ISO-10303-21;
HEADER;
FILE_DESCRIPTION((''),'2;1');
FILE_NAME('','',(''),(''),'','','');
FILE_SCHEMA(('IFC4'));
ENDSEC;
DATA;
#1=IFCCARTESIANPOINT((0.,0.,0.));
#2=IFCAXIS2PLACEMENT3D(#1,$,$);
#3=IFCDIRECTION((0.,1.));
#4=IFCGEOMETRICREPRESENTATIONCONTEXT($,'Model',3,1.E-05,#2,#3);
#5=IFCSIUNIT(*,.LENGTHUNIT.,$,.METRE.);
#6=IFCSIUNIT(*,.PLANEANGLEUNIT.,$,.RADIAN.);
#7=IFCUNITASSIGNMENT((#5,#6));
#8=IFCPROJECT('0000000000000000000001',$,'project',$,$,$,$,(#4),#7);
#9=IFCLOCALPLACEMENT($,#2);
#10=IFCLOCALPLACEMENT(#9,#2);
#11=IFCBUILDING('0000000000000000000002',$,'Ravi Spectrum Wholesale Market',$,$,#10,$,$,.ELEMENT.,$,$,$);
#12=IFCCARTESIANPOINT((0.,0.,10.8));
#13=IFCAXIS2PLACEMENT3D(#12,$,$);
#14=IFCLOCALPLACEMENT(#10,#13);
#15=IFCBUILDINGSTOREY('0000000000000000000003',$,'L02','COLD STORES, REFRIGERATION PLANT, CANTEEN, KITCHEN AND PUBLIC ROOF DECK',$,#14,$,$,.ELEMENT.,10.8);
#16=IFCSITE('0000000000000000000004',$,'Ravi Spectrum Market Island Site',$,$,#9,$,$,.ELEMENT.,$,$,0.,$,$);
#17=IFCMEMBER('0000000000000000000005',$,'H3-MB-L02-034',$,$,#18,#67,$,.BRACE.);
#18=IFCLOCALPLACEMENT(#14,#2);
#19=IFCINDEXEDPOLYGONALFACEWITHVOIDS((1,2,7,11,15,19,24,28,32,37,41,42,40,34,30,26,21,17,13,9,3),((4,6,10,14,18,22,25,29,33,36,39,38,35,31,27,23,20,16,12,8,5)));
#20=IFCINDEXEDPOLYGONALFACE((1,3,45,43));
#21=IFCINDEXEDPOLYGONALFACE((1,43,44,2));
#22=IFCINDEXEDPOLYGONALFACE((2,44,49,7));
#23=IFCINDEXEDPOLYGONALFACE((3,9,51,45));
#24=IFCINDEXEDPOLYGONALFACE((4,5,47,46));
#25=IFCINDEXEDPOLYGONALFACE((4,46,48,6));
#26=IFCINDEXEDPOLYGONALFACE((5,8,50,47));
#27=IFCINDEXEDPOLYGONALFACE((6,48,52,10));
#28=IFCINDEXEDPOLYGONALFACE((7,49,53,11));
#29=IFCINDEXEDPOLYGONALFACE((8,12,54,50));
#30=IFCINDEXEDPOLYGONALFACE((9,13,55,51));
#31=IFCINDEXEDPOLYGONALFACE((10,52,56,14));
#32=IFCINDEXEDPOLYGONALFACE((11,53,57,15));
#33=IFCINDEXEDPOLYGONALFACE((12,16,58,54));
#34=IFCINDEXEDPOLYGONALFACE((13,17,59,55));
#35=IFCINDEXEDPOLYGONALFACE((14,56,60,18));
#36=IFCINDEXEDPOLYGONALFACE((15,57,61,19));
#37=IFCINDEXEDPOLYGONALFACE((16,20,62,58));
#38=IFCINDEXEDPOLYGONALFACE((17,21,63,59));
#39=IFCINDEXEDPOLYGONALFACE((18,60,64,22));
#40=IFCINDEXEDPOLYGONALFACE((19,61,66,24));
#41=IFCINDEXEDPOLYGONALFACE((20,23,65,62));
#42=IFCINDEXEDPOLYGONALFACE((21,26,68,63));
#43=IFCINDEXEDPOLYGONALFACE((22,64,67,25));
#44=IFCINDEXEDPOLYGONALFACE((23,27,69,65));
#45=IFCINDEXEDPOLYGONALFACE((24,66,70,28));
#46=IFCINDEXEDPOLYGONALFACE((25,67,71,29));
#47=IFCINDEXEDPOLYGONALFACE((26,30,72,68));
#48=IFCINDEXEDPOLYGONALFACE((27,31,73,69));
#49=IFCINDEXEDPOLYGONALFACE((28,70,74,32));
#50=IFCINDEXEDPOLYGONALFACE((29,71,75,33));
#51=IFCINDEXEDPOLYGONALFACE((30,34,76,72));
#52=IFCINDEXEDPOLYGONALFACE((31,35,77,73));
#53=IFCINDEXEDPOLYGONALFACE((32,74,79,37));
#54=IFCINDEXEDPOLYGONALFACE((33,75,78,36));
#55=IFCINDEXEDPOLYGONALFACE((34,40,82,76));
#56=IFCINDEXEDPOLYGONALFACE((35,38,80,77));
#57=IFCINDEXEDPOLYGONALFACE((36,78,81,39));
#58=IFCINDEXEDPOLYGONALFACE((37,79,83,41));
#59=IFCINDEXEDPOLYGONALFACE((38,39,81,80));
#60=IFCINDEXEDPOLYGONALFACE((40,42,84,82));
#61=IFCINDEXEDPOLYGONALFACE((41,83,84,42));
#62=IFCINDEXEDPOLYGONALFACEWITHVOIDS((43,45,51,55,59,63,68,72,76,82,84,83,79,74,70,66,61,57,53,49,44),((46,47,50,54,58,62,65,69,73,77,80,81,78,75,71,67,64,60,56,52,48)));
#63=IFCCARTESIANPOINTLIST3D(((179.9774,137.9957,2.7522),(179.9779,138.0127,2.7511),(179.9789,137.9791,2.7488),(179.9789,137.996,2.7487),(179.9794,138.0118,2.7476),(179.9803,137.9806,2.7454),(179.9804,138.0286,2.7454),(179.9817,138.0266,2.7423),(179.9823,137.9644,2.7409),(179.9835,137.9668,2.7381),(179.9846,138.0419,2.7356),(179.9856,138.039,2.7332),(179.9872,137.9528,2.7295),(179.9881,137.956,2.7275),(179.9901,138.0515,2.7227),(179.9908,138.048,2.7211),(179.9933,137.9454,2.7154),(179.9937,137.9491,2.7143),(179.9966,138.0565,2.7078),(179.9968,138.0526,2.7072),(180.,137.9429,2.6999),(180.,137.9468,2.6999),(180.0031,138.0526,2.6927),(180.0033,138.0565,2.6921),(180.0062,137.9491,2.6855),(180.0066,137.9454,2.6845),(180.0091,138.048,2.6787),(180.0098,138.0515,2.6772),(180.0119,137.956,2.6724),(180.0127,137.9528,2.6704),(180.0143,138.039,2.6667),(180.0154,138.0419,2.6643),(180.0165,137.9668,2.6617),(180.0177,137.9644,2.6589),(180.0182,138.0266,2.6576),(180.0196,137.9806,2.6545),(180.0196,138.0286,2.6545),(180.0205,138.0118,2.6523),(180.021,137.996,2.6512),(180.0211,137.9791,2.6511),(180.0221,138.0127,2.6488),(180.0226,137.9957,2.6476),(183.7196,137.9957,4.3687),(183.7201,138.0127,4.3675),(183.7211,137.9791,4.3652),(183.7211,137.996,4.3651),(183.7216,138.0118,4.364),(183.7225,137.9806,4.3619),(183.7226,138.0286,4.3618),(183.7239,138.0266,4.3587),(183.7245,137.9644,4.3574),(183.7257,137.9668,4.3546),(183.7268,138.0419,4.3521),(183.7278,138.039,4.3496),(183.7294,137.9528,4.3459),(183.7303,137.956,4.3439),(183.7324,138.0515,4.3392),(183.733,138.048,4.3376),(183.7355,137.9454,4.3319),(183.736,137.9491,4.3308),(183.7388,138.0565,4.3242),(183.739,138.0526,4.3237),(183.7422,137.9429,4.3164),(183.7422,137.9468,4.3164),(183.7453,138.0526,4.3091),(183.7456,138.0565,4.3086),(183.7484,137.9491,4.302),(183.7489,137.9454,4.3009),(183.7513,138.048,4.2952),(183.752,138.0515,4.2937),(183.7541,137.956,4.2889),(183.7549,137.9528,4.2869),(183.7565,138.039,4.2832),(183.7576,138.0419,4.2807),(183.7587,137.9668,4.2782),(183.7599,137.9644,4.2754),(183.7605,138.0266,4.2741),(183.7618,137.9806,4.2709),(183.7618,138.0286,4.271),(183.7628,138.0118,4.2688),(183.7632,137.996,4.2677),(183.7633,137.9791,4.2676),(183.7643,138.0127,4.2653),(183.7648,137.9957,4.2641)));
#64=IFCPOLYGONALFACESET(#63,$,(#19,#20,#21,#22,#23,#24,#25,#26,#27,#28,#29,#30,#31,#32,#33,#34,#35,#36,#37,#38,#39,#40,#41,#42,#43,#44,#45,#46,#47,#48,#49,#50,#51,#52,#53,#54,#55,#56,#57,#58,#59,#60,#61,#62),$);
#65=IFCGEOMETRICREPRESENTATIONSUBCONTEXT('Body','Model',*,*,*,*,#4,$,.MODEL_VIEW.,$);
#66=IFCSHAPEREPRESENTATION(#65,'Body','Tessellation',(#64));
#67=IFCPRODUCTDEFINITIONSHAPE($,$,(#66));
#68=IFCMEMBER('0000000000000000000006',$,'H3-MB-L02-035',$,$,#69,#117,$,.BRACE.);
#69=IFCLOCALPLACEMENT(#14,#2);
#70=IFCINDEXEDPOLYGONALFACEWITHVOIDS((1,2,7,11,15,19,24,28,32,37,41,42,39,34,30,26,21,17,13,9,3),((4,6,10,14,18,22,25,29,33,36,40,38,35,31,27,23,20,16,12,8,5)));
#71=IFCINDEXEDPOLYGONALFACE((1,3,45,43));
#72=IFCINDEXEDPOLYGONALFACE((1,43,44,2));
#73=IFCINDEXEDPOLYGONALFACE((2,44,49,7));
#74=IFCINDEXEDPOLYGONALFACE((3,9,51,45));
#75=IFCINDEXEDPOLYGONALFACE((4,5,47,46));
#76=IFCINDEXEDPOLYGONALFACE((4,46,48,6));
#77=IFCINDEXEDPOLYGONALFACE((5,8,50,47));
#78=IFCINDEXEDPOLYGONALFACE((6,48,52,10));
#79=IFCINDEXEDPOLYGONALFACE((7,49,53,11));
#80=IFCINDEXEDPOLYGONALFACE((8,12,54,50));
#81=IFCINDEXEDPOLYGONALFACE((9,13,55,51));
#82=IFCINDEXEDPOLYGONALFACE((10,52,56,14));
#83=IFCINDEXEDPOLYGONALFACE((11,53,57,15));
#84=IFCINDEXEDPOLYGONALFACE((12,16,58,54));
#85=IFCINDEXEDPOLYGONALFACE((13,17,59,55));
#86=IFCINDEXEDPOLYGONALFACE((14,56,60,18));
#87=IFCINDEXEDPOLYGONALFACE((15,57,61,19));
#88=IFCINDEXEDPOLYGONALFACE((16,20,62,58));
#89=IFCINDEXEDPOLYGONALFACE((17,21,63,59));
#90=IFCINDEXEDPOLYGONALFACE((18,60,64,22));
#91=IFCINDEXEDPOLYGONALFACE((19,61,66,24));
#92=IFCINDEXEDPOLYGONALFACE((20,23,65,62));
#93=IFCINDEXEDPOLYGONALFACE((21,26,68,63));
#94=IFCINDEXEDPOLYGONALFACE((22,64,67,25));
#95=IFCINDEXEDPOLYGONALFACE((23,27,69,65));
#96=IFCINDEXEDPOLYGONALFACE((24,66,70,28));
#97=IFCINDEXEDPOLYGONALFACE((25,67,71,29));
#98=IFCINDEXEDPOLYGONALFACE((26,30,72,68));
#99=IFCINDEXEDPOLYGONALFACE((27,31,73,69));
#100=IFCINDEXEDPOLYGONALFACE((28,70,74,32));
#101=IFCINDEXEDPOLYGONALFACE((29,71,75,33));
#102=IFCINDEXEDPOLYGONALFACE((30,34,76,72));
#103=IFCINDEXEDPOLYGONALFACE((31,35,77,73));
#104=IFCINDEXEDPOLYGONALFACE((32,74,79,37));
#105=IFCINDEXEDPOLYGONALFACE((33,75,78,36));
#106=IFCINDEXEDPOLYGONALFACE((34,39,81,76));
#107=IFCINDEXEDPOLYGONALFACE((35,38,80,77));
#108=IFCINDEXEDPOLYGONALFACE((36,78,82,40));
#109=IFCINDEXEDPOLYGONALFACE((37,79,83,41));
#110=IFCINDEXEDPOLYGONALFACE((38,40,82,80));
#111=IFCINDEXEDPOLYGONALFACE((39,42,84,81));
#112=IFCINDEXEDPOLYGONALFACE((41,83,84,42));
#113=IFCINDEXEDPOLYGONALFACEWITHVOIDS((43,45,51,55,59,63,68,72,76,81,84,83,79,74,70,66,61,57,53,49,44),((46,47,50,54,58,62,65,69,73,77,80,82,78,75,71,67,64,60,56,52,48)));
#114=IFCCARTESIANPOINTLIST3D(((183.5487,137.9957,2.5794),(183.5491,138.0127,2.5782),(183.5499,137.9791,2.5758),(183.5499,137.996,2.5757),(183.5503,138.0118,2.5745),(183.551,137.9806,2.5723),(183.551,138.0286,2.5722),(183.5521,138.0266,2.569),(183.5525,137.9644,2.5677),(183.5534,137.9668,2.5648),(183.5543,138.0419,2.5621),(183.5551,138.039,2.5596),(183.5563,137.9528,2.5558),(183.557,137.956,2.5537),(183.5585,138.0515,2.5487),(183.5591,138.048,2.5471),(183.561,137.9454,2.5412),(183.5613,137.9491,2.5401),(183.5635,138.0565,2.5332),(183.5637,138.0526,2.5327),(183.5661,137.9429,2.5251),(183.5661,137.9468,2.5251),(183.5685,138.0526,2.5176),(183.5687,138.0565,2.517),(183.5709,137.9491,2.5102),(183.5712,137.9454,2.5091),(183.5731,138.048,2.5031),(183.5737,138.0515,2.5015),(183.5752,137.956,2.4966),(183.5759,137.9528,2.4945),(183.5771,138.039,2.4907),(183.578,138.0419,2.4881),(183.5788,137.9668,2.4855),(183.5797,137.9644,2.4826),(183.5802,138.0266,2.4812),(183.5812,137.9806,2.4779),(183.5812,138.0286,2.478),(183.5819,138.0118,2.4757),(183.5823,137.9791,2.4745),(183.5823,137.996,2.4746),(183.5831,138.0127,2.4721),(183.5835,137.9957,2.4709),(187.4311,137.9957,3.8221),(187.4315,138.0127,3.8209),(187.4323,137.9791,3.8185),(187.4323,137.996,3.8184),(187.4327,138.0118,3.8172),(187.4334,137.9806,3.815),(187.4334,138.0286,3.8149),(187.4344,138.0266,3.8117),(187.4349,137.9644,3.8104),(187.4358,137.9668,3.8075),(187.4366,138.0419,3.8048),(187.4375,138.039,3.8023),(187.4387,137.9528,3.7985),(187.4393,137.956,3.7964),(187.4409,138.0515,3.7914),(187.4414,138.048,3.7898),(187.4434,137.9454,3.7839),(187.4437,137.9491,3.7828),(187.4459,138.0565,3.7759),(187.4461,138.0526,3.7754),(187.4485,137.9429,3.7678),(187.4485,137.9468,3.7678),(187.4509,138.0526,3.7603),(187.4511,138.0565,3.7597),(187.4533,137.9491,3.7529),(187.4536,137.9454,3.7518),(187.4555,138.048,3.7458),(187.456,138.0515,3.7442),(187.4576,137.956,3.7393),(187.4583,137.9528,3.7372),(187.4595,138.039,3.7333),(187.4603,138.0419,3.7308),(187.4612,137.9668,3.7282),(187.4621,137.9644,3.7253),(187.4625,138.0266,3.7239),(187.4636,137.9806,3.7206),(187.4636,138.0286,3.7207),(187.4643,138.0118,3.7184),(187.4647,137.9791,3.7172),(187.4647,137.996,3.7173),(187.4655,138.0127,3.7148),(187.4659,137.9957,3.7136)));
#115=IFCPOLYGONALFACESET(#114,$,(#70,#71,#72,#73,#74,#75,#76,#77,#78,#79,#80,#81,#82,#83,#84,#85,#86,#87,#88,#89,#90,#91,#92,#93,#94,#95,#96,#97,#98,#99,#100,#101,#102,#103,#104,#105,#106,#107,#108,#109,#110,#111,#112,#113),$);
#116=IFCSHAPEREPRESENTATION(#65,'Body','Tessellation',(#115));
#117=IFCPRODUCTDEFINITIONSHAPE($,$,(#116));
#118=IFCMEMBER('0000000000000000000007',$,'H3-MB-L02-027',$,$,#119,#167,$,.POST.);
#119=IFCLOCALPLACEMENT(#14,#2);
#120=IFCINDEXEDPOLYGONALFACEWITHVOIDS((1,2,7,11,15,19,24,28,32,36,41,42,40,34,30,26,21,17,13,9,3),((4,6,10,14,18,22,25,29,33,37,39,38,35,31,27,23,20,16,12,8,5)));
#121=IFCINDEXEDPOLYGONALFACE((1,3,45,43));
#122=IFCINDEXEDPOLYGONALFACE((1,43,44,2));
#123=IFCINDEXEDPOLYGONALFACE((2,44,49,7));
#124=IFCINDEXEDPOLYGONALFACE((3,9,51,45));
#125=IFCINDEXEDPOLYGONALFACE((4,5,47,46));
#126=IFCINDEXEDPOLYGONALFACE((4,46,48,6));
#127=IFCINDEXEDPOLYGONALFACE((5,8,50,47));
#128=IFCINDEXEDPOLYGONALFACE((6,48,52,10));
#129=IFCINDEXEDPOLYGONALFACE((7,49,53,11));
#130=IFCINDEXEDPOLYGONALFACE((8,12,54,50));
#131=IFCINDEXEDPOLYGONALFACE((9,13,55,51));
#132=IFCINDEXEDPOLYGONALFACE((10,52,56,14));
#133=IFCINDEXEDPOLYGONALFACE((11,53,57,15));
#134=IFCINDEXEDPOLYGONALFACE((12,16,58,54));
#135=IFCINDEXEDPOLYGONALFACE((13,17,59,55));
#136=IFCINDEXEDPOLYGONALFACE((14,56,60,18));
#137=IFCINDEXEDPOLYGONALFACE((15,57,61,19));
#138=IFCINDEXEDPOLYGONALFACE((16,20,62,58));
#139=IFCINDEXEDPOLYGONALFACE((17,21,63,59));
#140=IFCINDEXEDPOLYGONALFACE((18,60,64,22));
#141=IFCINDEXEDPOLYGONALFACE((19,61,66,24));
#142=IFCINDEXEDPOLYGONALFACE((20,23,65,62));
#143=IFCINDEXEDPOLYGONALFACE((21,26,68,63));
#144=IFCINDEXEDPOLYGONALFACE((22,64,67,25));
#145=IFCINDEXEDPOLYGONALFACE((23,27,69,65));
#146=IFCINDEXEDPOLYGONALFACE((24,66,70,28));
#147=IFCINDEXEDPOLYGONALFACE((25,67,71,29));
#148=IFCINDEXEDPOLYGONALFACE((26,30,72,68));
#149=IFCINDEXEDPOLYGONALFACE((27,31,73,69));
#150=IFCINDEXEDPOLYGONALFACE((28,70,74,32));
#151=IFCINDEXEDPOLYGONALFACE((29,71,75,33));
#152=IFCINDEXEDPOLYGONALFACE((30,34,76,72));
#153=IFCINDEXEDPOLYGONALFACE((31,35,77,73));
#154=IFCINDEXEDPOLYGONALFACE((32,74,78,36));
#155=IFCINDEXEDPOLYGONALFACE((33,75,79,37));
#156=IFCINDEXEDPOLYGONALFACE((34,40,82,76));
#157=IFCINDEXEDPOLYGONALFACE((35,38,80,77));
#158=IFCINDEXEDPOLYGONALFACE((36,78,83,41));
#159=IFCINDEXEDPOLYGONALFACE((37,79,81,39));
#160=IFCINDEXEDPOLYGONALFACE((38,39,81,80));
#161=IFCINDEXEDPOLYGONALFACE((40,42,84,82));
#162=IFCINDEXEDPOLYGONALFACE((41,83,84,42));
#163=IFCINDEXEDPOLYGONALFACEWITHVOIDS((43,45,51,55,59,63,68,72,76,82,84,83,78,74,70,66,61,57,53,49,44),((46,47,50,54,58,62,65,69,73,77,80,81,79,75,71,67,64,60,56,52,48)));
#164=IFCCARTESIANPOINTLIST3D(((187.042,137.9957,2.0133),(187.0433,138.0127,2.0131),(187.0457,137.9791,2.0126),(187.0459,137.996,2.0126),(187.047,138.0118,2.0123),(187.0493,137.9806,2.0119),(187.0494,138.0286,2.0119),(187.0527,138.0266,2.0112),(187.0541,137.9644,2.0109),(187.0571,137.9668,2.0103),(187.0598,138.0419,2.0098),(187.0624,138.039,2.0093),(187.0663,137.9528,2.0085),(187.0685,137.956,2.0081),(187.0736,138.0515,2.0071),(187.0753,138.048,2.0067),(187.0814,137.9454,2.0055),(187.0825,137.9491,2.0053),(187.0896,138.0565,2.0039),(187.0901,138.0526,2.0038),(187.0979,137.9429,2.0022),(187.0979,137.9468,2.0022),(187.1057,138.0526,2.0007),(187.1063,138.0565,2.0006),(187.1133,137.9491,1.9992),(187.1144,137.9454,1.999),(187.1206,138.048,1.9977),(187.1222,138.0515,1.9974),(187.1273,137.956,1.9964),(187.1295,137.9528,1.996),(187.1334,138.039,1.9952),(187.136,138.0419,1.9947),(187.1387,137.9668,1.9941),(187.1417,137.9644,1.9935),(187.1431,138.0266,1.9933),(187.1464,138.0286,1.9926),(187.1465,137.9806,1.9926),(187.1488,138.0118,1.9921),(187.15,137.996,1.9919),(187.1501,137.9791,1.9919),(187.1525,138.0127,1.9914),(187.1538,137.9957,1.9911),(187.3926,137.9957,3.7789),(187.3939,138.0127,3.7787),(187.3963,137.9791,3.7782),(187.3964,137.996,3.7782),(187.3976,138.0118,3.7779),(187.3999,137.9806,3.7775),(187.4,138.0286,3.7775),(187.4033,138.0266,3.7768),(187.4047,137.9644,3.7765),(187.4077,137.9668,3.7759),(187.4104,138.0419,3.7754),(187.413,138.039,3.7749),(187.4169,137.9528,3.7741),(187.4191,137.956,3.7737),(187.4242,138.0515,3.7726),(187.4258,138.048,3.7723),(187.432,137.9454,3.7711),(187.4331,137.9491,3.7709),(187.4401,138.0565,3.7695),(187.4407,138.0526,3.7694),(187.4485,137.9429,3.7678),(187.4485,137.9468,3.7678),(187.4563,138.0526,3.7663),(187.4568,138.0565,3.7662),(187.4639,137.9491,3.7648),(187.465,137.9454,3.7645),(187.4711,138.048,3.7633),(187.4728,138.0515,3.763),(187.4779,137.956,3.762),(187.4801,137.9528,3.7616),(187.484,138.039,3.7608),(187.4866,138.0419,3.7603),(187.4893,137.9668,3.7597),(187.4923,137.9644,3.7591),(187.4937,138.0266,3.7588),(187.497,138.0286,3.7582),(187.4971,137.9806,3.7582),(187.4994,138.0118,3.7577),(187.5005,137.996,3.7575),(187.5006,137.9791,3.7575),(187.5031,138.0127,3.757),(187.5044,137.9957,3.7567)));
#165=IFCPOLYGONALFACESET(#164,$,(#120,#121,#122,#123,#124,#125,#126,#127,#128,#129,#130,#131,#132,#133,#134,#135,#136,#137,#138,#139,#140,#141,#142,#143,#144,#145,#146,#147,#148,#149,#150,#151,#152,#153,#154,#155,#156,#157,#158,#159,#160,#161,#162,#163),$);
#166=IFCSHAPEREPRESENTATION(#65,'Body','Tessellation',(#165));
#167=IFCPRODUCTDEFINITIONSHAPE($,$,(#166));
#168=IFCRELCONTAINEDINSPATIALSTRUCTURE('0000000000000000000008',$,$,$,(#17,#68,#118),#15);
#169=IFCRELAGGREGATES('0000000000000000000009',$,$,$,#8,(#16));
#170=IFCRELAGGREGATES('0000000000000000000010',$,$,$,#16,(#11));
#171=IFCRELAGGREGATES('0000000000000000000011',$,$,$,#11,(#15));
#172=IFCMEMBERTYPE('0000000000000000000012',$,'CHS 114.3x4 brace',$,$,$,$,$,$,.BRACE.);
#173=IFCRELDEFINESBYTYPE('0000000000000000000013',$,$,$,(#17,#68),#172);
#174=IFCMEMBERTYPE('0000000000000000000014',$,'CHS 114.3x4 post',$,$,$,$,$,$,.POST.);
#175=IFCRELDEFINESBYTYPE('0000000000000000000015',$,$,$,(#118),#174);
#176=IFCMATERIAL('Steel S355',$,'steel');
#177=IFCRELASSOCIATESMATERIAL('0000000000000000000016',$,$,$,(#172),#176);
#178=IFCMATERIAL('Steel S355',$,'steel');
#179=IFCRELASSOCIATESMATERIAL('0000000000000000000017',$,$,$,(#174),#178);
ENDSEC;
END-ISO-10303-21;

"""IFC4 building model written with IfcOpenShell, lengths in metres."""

from ifc_helpers import new_model, si_unit, direction, frame, origin, origin_2d, place, context, subcontext, project, spatial, hollow_circle, extrude, material, material_profile, profile_set, type_object, element, save


model = new_model("IFC4")

# Units and contexts
model_context = context("Model", 3, precision=1e-05, world=origin(), true_north=direction((0.0, 1.0)))
body_context = subcontext(model_context, "Body", "Model", "MODEL_VIEW")
ifc_project = project(units=[si_unit("LENGTHUNIT", "METRE"), si_unit("PLANEANGLEUNIT", "RADIAN")], contexts=[model_context])

# Site, building, storey
site_placement = place(None, origin())
site = spatial("IfcSite", under=ifc_project, at=site_placement, Name="Ravi Spectrum Market Island Site", CompositionType="ELEMENT", RefElevation=0.0)
building_placement = place(site_placement, origin())
building = spatial("IfcBuilding", under=site, at=building_placement, Name="Ravi Spectrum Wholesale Market", CompositionType="ELEMENT")
storey_placement = place(building_placement, frame((0.0, 0.0, 10.8)))
storey = spatial("IfcBuildingStorey", under=building, at=storey_placement, Name="L02", Description="COLD STORES, REFRIGERATION PLANT, CANTEEN, KITCHEN AND PUBLIC ROOF DECK", CompositionType="ELEMENT", Elevation=10.8)

# Members
ifc_material_1 = material(Name="Steel S355", Category="steel")
ifc_material_profile_1 = material_profile(ifc_material_1, hollow_circle(Radius=0.0571, WallThickness=0.0039, at=origin_2d()))
ifc_profile_set_1 = profile_set([ifc_material_profile_1], Name="Steel S355")
member_type_1 = type_object("IfcMemberType", Name="CHS 114.3x4 brace", PredefinedType="BRACE", material=ifc_profile_set_1)
for number, where, z_axis, x_axis, name in (
    (1, (183.7422, 138.0, 4.3164), (-0.918017, 0.0, -0.396542), (0.0, -1.0, 0.0), "H3-MB-L02-034"),
    (2, (187.4485, 138.0, 3.7678), (-0.952401, 0.0, -0.30485), (0.0, -1.0, 0.0), "H3-MB-L02-035"),
):
    element("IfcMember", number, at=place(storey_placement, frame(where, z_axis=z_axis, x_axis=x_axis)), inside=storey, type_object=member_type_1, Name=name, PredefinedType="BRACE", context=body_context, shape_type="SweptSolid", body=[
        extrude(hollow_circle(Radius=0.0571, WallThickness=0.0039, at=origin_2d()), origin(), (0.0, 0.0, 1.0), 4.0764),
    ])
ifc_material_2 = material(Name="Steel S355", Category="steel")
ifc_material_profile_2 = material_profile(ifc_material_2, hollow_circle(Radius=0.0571, WallThickness=0.0039, at=origin_2d()))
ifc_profile_set_2 = profile_set([ifc_material_profile_2], Name="Steel S355")
member_type_2 = type_object("IfcMemberType", Name="CHS 114.3x4 post", PredefinedType="POST", material=ifc_profile_set_2)
member_1_placement = place(storey_placement, frame((187.4485, 138.0, 3.7678), z_axis=(-0.19476, 0.0, -0.980851), x_axis=(0.0, -1.0, 0.0)))
element("IfcMember", 3, at=member_1_placement, inside=storey, type_object=member_type_2, Name="H3-MB-L02-027", PredefinedType="POST", context=body_context, shape_type="SweptSolid", body=[
    extrude(hollow_circle(Radius=0.0571, WallThickness=0.0039, at=origin_2d()), origin(), (0.0, 0.0, 1.0), 1.8),
])

save(model, "model.ifc")
